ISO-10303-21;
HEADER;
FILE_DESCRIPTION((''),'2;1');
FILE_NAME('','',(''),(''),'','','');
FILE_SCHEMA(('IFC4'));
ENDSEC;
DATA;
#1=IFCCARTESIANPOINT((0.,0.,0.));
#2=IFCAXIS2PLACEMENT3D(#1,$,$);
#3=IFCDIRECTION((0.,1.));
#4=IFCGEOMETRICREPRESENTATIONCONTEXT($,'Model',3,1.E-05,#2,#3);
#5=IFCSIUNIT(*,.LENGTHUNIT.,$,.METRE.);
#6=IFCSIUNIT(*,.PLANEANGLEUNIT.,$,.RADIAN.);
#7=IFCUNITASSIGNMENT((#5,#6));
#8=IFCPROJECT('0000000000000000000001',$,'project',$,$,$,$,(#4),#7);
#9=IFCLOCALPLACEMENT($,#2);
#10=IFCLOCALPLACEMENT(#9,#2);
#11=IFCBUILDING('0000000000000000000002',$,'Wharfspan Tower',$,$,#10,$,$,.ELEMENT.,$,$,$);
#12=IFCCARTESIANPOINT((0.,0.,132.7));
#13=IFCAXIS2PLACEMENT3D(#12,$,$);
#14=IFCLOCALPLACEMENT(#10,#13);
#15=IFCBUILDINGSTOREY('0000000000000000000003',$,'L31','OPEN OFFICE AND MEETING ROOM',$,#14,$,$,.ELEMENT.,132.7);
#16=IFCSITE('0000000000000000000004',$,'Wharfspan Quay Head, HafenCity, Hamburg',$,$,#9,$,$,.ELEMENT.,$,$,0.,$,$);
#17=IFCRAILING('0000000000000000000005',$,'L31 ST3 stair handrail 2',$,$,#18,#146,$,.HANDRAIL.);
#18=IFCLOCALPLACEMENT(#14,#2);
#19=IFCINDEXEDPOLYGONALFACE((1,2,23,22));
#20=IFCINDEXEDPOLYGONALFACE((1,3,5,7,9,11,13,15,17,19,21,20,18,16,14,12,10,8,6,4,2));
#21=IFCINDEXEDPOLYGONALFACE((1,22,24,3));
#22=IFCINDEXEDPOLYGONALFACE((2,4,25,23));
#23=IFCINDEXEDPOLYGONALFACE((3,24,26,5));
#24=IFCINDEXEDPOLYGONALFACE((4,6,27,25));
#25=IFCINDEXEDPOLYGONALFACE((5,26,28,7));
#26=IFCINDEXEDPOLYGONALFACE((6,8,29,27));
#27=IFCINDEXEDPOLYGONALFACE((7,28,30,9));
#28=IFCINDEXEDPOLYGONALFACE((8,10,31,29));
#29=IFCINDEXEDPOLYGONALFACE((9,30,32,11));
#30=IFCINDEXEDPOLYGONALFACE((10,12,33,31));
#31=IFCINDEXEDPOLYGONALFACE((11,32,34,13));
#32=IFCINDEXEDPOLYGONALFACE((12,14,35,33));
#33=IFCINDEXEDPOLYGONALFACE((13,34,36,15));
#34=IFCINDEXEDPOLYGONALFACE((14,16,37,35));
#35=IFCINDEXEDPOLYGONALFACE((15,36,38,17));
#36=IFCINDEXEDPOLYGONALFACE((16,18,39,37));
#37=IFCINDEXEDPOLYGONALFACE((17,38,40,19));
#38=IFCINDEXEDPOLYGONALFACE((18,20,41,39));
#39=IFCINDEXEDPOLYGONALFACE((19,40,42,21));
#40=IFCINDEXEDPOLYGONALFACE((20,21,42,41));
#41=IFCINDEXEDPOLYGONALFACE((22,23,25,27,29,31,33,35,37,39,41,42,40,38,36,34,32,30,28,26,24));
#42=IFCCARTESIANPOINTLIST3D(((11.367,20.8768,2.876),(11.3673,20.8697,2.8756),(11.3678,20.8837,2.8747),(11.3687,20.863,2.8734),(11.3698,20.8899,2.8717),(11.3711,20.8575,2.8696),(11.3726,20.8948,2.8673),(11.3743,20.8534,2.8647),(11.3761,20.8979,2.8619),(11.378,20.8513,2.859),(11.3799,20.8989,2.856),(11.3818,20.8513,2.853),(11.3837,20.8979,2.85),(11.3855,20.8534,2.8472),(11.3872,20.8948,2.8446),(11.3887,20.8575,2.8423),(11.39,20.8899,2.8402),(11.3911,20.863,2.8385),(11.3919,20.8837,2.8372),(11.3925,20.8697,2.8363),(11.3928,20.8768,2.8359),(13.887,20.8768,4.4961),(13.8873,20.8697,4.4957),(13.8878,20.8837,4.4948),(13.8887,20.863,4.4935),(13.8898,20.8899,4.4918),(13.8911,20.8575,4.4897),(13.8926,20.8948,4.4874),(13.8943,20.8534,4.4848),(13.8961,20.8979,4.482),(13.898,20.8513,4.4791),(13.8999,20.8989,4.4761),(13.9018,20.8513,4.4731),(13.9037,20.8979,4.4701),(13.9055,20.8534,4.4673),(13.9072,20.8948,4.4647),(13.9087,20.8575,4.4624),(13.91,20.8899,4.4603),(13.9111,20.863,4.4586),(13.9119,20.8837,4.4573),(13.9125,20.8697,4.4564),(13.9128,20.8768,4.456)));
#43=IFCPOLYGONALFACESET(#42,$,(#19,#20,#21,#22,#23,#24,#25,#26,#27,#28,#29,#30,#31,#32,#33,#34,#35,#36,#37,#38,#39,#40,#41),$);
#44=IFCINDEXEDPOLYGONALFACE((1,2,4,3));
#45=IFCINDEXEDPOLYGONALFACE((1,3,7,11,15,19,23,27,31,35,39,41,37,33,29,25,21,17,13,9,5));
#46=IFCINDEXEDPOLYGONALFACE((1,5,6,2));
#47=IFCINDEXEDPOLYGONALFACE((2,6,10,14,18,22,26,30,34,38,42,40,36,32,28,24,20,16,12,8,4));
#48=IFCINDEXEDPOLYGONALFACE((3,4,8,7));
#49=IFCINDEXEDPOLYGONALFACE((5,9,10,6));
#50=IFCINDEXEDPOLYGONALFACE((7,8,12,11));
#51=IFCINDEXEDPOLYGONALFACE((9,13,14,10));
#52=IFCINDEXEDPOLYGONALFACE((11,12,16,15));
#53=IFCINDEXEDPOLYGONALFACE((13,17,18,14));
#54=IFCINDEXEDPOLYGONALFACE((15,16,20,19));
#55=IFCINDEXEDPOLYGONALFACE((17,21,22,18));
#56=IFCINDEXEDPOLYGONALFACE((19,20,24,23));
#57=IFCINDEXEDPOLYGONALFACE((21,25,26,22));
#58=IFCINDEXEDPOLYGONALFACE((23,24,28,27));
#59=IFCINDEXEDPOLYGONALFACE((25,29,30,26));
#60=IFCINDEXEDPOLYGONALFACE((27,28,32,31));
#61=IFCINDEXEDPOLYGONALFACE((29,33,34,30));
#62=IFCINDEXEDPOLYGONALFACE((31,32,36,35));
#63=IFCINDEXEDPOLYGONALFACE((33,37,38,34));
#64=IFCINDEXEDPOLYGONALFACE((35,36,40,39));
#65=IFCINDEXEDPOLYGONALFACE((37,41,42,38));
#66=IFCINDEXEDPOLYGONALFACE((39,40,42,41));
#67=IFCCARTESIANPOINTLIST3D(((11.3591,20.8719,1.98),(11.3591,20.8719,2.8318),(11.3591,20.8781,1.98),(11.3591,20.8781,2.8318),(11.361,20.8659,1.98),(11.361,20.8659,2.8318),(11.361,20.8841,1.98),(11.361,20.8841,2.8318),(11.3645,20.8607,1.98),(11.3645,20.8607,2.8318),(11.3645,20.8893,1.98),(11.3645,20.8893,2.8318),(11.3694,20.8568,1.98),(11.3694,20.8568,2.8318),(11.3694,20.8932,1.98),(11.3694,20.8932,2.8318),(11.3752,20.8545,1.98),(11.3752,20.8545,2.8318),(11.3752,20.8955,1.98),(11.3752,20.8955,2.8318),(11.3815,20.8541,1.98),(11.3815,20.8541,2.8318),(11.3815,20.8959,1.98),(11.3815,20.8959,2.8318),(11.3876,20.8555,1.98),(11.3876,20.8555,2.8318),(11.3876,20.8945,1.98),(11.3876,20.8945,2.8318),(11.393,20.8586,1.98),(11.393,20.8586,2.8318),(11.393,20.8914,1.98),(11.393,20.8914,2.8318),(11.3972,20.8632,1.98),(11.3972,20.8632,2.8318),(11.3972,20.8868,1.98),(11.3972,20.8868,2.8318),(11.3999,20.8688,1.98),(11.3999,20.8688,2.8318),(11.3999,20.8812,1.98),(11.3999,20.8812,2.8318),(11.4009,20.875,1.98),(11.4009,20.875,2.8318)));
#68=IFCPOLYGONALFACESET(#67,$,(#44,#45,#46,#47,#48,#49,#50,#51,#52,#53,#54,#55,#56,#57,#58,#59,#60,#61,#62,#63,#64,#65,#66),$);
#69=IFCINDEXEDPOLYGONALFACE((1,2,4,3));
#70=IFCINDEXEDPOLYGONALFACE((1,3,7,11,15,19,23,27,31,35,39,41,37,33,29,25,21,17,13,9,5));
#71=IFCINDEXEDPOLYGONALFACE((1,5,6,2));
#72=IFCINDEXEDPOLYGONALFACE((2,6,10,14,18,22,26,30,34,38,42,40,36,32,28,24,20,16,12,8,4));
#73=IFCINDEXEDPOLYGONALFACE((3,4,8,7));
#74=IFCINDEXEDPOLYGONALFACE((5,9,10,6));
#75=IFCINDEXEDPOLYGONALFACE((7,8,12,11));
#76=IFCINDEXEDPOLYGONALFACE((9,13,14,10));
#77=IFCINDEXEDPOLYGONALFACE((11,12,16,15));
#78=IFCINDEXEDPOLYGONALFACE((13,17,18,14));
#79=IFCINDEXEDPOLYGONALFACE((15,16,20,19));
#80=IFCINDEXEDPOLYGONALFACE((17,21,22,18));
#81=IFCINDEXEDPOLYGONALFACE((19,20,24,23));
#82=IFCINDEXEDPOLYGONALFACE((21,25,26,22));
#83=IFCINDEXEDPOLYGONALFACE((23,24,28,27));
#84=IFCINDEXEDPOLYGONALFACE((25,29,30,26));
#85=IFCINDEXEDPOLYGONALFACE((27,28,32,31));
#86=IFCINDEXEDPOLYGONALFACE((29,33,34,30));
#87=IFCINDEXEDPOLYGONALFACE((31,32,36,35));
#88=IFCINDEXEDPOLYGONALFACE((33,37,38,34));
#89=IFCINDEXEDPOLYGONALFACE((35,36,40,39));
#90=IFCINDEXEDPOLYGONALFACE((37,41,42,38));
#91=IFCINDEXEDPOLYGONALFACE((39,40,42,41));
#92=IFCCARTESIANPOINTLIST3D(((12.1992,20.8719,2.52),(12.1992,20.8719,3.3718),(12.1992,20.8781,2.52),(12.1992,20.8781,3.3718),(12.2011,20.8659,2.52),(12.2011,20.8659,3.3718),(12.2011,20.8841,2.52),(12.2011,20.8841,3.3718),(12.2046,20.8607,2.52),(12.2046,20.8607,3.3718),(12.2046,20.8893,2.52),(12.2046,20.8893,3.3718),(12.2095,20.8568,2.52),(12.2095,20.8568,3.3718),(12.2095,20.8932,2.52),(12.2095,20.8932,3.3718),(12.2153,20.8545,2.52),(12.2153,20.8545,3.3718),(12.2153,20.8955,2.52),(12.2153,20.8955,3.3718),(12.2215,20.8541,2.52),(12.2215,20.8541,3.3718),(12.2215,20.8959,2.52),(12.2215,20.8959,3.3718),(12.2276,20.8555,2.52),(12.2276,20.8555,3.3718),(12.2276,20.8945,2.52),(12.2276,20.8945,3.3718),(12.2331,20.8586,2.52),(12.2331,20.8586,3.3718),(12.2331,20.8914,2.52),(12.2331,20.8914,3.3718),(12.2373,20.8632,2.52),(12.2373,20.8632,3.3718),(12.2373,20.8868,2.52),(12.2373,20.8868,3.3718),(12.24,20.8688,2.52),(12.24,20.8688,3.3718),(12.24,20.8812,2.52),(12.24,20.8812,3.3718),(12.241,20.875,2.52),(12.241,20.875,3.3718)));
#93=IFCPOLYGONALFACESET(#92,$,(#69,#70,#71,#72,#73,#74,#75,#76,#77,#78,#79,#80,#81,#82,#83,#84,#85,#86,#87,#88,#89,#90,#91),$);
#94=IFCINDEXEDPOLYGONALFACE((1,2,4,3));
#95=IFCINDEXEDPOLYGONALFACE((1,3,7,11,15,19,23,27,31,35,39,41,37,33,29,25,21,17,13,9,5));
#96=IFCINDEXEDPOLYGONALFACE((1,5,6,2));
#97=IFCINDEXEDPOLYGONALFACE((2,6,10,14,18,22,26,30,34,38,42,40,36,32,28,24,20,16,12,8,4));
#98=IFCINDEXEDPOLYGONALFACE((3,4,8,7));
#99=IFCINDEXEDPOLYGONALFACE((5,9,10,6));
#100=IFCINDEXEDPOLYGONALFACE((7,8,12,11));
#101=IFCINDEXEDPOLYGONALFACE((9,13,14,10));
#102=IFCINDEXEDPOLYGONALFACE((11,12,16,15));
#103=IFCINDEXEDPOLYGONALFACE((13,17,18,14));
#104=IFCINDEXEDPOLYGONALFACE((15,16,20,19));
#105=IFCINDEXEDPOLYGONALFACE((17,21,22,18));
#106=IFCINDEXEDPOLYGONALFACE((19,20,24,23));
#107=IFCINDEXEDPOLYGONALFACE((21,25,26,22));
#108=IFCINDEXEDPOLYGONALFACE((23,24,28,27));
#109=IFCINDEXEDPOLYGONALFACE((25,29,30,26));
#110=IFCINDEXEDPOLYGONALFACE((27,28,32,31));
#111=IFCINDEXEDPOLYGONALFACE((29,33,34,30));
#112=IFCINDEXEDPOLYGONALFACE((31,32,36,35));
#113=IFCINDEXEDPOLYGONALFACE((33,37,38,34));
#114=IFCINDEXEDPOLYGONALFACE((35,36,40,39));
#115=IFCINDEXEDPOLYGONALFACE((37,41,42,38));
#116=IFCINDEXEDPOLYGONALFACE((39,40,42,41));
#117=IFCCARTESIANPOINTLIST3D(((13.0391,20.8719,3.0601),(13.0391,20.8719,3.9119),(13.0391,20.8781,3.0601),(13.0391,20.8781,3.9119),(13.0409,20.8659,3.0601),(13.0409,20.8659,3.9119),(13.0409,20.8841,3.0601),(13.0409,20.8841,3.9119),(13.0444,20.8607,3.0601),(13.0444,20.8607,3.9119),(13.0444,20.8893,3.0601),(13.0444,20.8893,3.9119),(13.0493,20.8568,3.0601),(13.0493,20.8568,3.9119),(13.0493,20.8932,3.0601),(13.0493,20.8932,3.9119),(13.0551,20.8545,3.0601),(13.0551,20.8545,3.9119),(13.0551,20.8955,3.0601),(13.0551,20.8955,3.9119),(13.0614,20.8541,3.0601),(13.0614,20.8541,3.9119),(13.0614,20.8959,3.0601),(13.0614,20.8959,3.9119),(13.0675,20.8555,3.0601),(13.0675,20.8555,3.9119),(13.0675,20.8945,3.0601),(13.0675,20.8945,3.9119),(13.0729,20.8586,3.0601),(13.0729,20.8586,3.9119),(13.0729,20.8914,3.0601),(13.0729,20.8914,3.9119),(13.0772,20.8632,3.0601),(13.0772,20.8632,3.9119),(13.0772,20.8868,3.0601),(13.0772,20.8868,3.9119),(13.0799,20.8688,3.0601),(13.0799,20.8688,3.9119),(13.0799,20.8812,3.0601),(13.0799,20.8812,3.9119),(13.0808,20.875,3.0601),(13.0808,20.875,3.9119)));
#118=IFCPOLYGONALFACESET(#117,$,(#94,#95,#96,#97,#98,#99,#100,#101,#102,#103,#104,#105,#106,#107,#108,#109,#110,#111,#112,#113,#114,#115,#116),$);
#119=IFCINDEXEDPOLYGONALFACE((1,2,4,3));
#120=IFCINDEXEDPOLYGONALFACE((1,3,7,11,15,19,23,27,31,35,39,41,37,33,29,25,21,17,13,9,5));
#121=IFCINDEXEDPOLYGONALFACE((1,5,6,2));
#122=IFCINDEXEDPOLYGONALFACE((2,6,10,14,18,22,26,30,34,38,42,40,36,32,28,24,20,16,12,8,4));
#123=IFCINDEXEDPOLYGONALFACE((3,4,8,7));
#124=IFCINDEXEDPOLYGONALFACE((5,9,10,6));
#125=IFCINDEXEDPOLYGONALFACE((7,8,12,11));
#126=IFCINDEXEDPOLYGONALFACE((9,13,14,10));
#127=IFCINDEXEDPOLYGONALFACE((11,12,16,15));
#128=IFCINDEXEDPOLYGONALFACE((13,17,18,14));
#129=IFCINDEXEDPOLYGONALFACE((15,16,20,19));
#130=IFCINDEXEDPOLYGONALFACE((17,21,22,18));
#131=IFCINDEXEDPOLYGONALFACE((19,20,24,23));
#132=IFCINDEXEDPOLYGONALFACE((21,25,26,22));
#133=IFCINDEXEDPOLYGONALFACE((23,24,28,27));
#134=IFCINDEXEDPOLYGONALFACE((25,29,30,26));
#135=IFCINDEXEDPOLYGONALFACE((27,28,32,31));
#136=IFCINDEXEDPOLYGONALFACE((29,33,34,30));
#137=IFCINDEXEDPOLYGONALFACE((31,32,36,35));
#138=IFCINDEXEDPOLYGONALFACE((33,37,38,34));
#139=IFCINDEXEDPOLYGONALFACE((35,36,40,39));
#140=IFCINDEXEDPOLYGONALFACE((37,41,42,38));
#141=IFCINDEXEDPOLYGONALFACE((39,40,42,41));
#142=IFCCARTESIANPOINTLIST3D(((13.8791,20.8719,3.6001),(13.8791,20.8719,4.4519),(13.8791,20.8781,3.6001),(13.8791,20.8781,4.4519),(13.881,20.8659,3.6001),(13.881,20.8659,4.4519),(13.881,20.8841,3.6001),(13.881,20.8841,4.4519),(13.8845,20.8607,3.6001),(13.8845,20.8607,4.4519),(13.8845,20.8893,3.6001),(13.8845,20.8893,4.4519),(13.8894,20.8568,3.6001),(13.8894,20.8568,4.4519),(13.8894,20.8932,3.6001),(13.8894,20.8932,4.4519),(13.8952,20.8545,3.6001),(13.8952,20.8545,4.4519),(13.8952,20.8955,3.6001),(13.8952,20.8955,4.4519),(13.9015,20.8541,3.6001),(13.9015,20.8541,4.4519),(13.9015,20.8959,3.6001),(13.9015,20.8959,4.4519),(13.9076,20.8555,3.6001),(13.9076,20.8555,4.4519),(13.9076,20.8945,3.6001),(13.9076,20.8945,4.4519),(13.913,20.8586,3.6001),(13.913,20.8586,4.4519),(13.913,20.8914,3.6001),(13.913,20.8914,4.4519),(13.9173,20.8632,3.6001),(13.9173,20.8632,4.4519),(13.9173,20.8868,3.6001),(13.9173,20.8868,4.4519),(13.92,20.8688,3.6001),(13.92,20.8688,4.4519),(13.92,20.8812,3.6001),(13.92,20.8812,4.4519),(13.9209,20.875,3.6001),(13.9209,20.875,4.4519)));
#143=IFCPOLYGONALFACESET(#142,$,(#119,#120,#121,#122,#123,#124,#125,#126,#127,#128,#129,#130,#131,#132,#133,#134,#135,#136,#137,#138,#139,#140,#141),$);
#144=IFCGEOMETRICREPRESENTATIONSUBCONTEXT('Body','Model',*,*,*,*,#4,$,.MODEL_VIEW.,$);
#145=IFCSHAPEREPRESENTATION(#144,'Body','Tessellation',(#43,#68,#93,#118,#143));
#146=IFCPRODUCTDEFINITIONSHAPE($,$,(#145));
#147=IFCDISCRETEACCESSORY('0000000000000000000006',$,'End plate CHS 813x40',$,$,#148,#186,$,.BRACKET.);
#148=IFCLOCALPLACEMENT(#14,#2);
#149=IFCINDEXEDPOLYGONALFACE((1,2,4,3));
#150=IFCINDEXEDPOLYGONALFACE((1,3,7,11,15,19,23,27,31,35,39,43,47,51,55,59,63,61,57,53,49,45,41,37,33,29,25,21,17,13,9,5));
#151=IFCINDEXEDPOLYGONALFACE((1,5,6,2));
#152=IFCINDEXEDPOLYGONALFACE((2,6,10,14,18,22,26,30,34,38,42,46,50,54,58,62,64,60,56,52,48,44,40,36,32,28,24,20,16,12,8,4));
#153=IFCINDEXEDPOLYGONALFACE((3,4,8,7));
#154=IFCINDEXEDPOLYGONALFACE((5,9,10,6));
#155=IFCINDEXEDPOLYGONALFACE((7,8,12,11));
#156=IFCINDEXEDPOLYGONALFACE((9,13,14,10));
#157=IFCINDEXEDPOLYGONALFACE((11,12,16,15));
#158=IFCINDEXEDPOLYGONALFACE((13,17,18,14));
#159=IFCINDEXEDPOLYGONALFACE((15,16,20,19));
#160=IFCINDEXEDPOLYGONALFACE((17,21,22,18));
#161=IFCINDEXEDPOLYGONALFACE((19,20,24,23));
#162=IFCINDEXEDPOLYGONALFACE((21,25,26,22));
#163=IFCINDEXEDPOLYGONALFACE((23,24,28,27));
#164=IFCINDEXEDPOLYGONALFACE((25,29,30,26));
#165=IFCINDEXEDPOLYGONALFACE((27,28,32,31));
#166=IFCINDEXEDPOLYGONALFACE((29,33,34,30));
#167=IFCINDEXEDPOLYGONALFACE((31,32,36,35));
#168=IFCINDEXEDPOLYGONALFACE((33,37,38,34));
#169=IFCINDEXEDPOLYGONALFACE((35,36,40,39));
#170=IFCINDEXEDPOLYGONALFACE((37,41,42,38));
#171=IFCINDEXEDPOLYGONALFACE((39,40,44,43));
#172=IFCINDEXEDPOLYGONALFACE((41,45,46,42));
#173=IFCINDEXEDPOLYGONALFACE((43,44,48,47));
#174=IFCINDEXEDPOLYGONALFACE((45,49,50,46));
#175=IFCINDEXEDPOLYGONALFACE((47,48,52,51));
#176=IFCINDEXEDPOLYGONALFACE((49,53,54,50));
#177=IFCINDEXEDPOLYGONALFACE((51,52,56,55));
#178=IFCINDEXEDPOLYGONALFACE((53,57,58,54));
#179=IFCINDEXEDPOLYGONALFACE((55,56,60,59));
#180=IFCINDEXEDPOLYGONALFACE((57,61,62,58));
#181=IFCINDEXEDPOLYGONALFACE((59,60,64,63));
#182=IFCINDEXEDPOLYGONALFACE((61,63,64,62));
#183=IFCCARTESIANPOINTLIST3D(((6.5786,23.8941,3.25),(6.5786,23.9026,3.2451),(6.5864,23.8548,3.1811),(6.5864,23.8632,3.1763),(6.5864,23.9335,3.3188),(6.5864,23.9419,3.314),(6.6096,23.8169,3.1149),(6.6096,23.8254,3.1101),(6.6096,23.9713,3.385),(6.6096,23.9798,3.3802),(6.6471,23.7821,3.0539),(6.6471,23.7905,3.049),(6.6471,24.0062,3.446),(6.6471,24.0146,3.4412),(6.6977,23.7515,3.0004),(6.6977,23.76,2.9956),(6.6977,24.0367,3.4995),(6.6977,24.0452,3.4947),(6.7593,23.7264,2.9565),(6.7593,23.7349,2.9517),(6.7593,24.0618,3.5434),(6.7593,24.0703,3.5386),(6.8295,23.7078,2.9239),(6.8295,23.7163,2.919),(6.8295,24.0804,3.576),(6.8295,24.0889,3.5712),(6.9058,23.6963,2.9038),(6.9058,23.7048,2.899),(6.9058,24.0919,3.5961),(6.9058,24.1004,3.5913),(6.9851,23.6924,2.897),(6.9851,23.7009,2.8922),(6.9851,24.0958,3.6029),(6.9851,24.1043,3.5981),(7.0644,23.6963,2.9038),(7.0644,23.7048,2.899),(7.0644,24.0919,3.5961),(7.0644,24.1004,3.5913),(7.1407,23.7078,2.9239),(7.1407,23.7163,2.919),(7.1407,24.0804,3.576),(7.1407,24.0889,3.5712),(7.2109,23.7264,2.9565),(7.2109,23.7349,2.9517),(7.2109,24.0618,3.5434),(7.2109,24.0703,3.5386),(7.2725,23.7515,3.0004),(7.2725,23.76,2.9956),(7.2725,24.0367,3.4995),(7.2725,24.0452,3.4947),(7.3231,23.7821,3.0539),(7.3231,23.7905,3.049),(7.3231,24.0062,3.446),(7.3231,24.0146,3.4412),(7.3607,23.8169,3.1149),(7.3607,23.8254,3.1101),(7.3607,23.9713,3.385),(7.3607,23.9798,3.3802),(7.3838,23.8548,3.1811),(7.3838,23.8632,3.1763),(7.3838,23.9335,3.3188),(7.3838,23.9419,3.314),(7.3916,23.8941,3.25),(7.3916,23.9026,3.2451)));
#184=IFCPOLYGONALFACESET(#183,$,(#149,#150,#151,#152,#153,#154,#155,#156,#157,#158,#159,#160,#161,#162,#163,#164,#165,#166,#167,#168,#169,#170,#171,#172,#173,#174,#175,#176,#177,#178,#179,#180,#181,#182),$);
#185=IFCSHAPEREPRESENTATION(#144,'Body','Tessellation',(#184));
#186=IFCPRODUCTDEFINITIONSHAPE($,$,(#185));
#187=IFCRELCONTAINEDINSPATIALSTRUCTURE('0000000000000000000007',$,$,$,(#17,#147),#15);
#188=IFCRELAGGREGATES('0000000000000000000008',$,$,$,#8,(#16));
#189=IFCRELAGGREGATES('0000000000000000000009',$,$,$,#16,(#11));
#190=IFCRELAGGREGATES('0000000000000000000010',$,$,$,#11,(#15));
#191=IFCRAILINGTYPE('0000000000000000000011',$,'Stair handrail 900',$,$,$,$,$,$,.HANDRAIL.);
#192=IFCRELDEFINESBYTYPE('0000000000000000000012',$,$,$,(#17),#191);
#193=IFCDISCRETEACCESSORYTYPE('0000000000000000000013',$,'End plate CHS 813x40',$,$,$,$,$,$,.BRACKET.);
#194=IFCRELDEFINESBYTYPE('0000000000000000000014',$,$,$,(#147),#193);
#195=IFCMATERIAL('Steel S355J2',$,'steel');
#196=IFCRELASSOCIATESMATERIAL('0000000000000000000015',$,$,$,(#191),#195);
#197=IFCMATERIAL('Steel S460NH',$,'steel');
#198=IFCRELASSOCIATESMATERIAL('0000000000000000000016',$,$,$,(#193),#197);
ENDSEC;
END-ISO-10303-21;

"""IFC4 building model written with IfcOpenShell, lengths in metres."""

from ifc_helpers import new_model, si_unit, direction, frame, origin, origin_2d, place, context, subcontext, project, spatial, circle, extrude, material, material_profile, profile_set, type_object, element, save


model = new_model("IFC4")

# Units and contexts
model_context = context("Model", 3, precision=1e-05, world=origin(), true_north=direction((0.0, 1.0)))
body_context = subcontext(model_context, "Body", "Model", "MODEL_VIEW")
ifc_project = project(units=[si_unit("LENGTHUNIT", "METRE"), si_unit("PLANEANGLEUNIT", "RADIAN")], contexts=[model_context])

# Site, building, storey
site_placement = place(None, origin())
site = spatial("IfcSite", under=ifc_project, at=site_placement, Name="Wharfspan Quay Head, HafenCity, Hamburg", CompositionType="ELEMENT", RefElevation=0.0)
building_placement = place(site_placement, origin())
building = spatial("IfcBuilding", under=site, at=building_placement, Name="Wharfspan Tower", CompositionType="ELEMENT")
storey_placement = place(building_placement, frame((0.0, 0.0, 132.7)))
storey = spatial("IfcBuildingStorey", under=building, at=storey_placement, Name="L31", Description="OPEN OFFICE AND MEETING ROOM", CompositionType="ELEMENT", Elevation=132.7)

# Shared definitions
ifc_material_1 = material(Name="Steel S355J2", Category="steel")

# Shared definitions
ifc_material_2 = material(Name="Steel S460NH", Category="steel")

# Railing
railing_type_1 = type_object("IfcRailingType", Name="Stair handrail 900", PredefinedType="HANDRAIL", material=ifc_material_1)
railing_1_placement = place(storey_placement, frame((11.3799, 20.875, 1.98)))
element("IfcRailing", 1, at=railing_1_placement, inside=storey, type_object=railing_type_1, Name="L31 ST3 stair handrail 2", PredefinedType="HANDRAIL", context=body_context, shape_type="SweptSolid", body=[
    extrude(circle(Radius=0.0239, at=origin_2d()), frame((0.0, 0.0, 0.876), z_axis=(0.841163, 0.0, 0.540782), x_axis=(0.0, 1.0, 0.0)), (0.0, 0.0, 1.0), 2.9958),
    extrude(circle(Radius=0.021, at=origin_2d()), origin(), (0.0, 0.0, 1.0), 0.8518),
    extrude(circle(Radius=0.021, at=origin_2d()), frame((0.8401, 0.0, 0.54)), (0.0, 0.0, 1.0), 0.8518),
    extrude(circle(Radius=0.021, at=origin_2d()), frame((1.6799, 0.0, 1.0801)), (0.0, 0.0, 1.0), 0.8518),
    extrude(circle(Radius=0.021, at=origin_2d()), frame((2.52, 0.0, 1.6201)), (0.0, 0.0, 1.0), 0.8518),
])

# Discrete accessory
ifc_material_profile_1 = material_profile(ifc_material_2, circle(Radius=0.4065, at=origin_2d()))
ifc_profile_set_1 = profile_set([ifc_material_profile_1], Name="Steel S460NH")
discrete_accessory_type = type_object("IfcDiscreteAccessoryType", Name="End plate CHS 813x40", PredefinedType="BRACKET", material=ifc_profile_set_1)
for number, where, z_axis, x_axis, name in (
    (2, (6.9851, 23.9026, 3.2451), (0.0, -0.868243, 0.496139), (1.0, 0.0, 0.0), "End plate CHS 813x40"),
):
    element("IfcDiscreteAccessory", number, at=place(storey_placement, frame(where, z_axis=z_axis, x_axis=x_axis)), inside=storey, type_object=discrete_accessory_type, Name=name, PredefinedType="BRACKET", context=body_context, shape_type="SweptSolid", body=[
        extrude(circle(Radius=0.4065, at=origin_2d()), origin(), (0.0, 0.0, 1.0), 0.0098),
    ])

save(model, "model.ifc")
